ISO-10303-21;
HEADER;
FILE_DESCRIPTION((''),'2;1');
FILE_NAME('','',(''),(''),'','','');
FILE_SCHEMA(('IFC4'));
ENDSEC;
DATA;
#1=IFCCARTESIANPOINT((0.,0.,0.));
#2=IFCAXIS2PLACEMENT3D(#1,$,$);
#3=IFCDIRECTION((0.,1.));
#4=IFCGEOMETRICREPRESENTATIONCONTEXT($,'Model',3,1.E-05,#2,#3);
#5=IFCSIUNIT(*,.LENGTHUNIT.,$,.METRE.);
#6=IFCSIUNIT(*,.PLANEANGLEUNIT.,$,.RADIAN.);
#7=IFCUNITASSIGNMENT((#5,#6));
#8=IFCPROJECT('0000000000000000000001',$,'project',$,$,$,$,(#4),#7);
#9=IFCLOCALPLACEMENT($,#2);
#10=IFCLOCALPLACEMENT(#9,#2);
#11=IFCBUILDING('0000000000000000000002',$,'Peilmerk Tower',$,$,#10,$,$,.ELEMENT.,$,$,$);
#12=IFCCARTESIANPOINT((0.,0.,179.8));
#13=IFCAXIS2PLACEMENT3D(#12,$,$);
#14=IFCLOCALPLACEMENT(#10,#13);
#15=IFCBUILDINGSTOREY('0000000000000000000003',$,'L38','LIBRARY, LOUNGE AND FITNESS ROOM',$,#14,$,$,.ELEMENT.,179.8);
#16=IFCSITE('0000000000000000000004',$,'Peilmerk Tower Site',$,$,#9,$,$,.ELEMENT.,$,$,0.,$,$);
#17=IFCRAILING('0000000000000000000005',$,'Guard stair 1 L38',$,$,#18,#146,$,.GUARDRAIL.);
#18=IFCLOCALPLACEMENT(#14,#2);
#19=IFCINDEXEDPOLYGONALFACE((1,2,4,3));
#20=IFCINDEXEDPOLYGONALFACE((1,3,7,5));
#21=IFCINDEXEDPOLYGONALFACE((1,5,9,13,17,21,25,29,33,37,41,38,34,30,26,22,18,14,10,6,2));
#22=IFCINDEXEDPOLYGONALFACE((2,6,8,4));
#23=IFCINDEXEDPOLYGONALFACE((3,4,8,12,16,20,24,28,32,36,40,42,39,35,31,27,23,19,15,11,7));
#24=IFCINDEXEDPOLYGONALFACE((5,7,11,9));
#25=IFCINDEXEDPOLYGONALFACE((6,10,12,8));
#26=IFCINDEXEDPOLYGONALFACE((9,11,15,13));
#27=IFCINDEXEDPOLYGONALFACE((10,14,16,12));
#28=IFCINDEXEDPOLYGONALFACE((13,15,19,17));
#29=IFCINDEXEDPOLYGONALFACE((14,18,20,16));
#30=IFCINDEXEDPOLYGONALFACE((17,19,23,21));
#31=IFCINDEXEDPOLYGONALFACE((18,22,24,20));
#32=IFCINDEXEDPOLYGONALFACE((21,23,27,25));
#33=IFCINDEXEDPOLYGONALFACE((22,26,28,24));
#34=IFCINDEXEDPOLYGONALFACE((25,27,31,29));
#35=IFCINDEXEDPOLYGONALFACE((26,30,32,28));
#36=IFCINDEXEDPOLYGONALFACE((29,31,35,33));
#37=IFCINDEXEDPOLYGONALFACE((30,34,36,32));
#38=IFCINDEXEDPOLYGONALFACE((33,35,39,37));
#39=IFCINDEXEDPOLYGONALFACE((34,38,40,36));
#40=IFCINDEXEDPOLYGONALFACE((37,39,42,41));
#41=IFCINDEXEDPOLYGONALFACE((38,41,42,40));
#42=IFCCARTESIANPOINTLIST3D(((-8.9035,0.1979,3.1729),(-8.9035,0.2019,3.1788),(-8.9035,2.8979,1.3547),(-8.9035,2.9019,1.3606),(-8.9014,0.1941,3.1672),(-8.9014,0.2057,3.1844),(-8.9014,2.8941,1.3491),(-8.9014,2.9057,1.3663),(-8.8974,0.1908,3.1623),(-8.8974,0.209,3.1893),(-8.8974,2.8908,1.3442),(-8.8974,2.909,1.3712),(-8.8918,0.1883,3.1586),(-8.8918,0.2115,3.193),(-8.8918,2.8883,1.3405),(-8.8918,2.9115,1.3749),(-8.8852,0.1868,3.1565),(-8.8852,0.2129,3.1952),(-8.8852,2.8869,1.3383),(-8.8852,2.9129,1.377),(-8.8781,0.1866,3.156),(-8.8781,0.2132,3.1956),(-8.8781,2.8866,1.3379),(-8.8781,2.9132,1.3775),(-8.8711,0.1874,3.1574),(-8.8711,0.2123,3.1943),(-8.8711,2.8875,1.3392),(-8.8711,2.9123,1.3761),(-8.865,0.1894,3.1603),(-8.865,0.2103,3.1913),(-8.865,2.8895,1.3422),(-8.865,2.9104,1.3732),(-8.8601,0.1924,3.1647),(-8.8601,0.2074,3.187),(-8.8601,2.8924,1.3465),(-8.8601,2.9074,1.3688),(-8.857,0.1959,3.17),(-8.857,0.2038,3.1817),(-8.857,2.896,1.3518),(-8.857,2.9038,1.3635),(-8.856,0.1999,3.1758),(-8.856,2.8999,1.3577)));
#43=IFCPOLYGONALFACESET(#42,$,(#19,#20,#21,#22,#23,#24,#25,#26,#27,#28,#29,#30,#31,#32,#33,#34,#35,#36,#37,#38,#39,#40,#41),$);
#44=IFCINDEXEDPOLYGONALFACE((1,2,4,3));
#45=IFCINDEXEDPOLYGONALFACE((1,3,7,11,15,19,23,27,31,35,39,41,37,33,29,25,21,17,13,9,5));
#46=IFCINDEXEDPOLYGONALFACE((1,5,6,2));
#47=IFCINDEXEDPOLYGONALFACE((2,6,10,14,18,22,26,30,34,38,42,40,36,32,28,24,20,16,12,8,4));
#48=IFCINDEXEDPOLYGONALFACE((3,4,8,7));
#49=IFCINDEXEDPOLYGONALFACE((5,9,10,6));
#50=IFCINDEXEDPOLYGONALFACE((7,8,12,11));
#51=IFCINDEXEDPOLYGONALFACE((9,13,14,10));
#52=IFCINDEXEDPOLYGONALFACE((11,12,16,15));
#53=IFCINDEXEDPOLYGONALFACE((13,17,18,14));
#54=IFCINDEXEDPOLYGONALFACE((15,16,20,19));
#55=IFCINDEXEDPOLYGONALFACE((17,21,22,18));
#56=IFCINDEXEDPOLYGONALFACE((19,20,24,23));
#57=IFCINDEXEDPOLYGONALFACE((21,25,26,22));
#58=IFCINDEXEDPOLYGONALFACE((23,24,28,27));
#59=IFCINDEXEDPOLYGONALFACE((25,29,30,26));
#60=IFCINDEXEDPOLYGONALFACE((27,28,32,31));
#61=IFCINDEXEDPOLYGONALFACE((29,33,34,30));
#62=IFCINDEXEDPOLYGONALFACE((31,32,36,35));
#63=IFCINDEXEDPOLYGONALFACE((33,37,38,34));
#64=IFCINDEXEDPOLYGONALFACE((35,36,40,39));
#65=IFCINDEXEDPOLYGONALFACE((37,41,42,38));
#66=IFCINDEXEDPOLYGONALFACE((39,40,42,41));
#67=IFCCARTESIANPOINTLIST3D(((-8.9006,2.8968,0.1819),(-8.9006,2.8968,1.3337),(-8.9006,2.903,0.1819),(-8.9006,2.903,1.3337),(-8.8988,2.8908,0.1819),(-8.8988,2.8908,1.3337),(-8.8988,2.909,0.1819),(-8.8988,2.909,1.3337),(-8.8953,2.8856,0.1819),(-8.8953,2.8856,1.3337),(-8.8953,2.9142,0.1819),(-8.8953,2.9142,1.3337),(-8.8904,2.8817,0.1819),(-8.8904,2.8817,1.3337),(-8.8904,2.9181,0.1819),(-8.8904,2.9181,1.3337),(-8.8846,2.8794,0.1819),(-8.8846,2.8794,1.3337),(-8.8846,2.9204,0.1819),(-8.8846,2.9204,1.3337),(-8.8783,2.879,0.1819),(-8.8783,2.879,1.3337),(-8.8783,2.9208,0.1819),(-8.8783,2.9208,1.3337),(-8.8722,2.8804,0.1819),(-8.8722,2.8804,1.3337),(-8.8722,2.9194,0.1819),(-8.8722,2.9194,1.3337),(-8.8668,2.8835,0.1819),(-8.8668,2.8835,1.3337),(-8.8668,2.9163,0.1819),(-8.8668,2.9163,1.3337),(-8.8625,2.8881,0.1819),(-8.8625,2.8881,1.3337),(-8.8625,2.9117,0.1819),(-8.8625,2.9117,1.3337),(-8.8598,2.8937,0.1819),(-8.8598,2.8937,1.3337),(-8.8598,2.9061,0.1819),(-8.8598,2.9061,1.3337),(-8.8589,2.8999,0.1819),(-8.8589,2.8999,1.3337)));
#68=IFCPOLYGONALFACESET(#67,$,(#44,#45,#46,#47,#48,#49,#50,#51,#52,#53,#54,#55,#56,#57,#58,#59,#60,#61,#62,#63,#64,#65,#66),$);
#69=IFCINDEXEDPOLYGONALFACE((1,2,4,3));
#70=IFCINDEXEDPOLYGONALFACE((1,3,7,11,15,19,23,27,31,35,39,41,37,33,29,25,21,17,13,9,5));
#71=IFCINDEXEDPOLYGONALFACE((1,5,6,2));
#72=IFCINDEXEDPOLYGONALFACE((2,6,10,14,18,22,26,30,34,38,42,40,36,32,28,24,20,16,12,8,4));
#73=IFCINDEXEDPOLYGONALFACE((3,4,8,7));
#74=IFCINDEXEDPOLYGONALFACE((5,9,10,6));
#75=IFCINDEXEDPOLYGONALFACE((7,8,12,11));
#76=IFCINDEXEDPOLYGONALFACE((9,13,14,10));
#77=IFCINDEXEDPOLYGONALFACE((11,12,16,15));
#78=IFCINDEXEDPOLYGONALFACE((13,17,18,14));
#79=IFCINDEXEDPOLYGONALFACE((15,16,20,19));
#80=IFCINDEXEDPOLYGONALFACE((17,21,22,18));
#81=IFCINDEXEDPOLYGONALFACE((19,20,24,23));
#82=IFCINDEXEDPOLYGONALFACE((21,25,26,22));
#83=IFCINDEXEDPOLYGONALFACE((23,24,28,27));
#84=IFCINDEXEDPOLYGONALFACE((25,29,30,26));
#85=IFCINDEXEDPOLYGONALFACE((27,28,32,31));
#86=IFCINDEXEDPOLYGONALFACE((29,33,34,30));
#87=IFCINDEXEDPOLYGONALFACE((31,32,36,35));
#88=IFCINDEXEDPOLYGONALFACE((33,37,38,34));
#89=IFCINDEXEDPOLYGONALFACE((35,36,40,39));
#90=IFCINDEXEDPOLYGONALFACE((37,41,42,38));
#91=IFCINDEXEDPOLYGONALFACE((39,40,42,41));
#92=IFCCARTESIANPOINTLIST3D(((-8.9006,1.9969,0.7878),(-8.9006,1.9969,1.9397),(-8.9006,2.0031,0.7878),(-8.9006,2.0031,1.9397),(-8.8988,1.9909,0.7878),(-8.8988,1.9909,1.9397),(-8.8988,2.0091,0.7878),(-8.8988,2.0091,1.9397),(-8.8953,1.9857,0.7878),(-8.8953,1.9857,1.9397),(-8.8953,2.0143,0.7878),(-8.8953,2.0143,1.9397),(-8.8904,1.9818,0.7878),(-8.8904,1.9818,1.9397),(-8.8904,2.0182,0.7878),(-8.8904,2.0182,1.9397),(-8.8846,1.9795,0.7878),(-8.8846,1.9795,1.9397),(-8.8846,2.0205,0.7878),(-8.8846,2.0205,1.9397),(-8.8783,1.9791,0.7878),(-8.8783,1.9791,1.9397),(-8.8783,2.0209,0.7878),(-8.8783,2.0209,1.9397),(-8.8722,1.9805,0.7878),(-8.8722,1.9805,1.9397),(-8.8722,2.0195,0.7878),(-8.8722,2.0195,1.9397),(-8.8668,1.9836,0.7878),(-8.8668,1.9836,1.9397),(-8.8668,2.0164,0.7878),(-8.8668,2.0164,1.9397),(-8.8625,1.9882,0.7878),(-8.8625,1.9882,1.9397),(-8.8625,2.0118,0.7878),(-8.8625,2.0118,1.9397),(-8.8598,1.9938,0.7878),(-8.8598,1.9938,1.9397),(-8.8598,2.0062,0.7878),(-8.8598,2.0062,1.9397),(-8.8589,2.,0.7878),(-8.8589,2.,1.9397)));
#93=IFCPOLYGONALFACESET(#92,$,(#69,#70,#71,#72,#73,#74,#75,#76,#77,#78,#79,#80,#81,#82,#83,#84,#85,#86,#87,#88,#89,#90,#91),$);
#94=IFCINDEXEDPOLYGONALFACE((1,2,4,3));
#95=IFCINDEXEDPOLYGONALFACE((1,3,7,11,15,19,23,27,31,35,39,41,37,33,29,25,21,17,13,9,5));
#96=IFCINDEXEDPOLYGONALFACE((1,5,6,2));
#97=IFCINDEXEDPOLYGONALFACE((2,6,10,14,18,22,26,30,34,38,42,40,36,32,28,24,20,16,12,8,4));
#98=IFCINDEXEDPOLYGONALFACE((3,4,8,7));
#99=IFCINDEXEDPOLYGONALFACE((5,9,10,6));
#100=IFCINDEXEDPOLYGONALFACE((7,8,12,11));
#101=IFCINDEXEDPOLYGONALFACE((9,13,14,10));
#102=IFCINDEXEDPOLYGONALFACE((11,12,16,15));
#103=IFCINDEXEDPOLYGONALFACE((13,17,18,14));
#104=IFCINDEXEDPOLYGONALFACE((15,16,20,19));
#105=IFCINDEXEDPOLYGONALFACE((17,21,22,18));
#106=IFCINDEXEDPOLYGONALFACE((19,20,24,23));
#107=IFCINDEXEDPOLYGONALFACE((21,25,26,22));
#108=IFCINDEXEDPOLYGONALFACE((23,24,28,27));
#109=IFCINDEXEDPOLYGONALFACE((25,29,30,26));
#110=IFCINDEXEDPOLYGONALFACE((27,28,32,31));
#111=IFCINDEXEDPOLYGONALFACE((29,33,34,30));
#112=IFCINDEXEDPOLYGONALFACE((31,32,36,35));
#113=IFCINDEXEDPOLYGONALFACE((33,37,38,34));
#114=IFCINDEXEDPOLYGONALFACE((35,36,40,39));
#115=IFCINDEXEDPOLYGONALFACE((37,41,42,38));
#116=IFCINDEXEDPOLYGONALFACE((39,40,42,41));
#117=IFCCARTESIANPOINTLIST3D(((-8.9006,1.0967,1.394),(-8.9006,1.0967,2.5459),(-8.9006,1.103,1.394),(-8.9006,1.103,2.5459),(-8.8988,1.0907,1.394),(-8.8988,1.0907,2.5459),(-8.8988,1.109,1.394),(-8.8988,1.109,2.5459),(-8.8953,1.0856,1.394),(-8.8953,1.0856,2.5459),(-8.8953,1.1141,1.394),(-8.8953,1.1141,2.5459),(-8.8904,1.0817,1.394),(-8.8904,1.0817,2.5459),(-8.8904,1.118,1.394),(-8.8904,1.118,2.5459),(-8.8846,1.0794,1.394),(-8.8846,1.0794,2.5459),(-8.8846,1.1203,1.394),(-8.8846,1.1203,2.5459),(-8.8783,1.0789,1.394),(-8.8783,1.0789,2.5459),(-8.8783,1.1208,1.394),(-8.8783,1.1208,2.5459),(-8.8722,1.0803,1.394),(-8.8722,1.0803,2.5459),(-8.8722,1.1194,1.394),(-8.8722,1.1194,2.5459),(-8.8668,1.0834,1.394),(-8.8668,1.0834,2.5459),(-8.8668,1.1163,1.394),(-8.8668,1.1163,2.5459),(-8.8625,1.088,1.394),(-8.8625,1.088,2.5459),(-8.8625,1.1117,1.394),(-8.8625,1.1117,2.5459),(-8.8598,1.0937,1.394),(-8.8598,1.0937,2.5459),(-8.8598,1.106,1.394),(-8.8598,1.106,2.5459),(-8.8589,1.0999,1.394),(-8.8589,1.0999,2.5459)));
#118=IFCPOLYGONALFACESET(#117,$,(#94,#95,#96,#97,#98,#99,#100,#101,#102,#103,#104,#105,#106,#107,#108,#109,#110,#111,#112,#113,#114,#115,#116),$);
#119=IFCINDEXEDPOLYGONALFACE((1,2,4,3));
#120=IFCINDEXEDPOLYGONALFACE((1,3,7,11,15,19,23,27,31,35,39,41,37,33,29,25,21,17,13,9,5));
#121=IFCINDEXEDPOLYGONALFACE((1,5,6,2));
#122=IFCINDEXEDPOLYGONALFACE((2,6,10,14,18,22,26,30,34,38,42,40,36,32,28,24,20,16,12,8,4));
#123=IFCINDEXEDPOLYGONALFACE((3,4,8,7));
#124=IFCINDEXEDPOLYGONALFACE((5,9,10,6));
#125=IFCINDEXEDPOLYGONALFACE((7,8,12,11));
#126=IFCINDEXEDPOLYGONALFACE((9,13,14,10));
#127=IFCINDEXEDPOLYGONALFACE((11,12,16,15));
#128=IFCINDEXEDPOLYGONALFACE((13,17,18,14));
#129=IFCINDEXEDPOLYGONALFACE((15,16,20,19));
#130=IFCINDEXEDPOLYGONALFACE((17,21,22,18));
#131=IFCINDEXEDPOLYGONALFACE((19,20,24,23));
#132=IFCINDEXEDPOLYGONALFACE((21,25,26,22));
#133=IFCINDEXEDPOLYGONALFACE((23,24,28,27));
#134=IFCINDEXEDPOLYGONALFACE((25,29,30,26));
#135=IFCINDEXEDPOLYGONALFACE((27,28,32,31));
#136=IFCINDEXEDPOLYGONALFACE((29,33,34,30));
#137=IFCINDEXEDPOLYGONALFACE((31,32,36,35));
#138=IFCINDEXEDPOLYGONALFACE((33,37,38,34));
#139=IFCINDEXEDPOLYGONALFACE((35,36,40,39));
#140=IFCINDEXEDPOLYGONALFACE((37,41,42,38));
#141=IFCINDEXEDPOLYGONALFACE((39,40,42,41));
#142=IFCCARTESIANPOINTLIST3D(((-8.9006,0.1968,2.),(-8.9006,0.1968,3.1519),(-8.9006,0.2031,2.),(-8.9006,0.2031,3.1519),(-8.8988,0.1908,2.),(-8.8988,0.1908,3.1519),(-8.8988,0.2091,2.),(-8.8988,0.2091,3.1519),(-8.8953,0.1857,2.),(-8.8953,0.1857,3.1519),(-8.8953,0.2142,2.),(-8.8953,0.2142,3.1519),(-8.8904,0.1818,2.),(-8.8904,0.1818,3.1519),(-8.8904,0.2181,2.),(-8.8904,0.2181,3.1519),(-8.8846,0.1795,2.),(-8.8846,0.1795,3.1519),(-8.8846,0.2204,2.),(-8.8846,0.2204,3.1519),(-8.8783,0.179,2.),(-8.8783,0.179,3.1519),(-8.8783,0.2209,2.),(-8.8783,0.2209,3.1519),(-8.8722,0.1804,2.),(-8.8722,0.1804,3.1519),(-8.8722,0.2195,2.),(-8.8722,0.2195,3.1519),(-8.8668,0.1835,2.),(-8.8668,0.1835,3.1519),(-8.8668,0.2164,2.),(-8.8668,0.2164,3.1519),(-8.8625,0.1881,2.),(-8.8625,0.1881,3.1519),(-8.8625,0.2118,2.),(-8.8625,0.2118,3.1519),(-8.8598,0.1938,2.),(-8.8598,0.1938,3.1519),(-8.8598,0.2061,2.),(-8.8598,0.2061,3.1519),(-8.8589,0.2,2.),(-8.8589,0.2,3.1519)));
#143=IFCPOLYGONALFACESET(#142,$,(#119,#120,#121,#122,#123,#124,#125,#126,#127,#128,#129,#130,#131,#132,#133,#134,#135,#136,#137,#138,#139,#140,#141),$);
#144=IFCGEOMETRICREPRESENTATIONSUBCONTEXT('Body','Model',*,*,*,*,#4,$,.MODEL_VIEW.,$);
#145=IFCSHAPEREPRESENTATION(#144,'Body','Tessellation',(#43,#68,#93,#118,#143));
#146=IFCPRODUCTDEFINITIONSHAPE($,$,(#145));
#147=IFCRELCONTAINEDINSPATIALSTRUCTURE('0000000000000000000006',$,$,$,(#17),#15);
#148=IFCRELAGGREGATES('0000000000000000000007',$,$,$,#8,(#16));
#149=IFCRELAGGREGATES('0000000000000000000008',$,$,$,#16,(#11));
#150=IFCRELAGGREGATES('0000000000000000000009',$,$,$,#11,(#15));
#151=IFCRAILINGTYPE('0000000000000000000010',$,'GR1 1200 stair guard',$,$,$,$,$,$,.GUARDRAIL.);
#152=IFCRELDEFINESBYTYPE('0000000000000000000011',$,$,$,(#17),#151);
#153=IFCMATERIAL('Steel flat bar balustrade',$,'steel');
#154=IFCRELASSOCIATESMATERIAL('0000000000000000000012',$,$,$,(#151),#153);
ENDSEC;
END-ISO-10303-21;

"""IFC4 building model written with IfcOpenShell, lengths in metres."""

from ifc_helpers import new_model, si_unit, direction, frame, origin, origin_2d, place, context, subcontext, project, spatial, circle, extrude, material, type_object, element, save


model = new_model("IFC4")

# Units and contexts
model_context = context("Model", 3, precision=1e-05, world=origin(), true_north=direction((0.0, 1.0)))
body_context = subcontext(model_context, "Body", "Model", "MODEL_VIEW")
ifc_project = project(units=[si_unit("LENGTHUNIT", "METRE"), si_unit("PLANEANGLEUNIT", "RADIAN")], contexts=[model_context])

# Site, building, storey
site_placement = place(None, origin())
site = spatial("IfcSite", under=ifc_project, at=site_placement, Name="Peilmerk Tower Site", CompositionType="ELEMENT", RefElevation=0.0)
building_placement = place(site_placement, origin())
building = spatial("IfcBuilding", under=site, at=building_placement, Name="Peilmerk Tower", CompositionType="ELEMENT")
storey_placement = place(building_placement, frame((0.0, 0.0, 179.8)))
storey = spatial("IfcBuildingStorey", under=building, at=storey_placement, Name="L38", Description="LIBRARY, LOUNGE AND FITNESS ROOM", CompositionType="ELEMENT", Elevation=179.8)

# Railing
ifc_material_1 = material(Name="Steel flat bar balustrade", Category="steel")
railing_type_1 = type_object("IfcRailingType", Name="GR1 1200 stair guard", PredefinedType="GUARDRAIL", material=ifc_material_1)
railing_1_placement = place(storey_placement, frame((-8.8799, 2.8999, 0.1819)))
element("IfcRailing", 1, at=railing_1_placement, inside=storey, type_object=railing_type_1, Name="Guard stair 1 L38", PredefinedType="GUARDRAIL", context=body_context, shape_type="SweptSolid", body=[
    extrude(circle(Radius=0.0239, at=origin_2d()), frame((0.0, 0.0, 1.1758), z_axis=(0.0, -0.829468, 0.558554), x_axis=(1.0, 0.0, 0.0)), (0.0, 0.0, 1.0), 3.2551),
    extrude(circle(Radius=0.021, at=origin_2d()), origin(), (0.0, 0.0, 1.0), 1.1519),
    extrude(circle(Radius=0.021, at=origin_2d()), frame((0.0, -0.8999, 0.606)), (0.0, 0.0, 1.0), 1.1519),
    extrude(circle(Radius=0.021, at=origin_2d()), frame((0.0, -1.8, 1.2122)), (0.0, 0.0, 1.0), 1.1519),
    extrude(circle(Radius=0.021, at=origin_2d()), frame((0.0, -2.7, 1.8181)), (0.0, 0.0, 1.0), 1.1519),
])

save(model, "model.ifc")
